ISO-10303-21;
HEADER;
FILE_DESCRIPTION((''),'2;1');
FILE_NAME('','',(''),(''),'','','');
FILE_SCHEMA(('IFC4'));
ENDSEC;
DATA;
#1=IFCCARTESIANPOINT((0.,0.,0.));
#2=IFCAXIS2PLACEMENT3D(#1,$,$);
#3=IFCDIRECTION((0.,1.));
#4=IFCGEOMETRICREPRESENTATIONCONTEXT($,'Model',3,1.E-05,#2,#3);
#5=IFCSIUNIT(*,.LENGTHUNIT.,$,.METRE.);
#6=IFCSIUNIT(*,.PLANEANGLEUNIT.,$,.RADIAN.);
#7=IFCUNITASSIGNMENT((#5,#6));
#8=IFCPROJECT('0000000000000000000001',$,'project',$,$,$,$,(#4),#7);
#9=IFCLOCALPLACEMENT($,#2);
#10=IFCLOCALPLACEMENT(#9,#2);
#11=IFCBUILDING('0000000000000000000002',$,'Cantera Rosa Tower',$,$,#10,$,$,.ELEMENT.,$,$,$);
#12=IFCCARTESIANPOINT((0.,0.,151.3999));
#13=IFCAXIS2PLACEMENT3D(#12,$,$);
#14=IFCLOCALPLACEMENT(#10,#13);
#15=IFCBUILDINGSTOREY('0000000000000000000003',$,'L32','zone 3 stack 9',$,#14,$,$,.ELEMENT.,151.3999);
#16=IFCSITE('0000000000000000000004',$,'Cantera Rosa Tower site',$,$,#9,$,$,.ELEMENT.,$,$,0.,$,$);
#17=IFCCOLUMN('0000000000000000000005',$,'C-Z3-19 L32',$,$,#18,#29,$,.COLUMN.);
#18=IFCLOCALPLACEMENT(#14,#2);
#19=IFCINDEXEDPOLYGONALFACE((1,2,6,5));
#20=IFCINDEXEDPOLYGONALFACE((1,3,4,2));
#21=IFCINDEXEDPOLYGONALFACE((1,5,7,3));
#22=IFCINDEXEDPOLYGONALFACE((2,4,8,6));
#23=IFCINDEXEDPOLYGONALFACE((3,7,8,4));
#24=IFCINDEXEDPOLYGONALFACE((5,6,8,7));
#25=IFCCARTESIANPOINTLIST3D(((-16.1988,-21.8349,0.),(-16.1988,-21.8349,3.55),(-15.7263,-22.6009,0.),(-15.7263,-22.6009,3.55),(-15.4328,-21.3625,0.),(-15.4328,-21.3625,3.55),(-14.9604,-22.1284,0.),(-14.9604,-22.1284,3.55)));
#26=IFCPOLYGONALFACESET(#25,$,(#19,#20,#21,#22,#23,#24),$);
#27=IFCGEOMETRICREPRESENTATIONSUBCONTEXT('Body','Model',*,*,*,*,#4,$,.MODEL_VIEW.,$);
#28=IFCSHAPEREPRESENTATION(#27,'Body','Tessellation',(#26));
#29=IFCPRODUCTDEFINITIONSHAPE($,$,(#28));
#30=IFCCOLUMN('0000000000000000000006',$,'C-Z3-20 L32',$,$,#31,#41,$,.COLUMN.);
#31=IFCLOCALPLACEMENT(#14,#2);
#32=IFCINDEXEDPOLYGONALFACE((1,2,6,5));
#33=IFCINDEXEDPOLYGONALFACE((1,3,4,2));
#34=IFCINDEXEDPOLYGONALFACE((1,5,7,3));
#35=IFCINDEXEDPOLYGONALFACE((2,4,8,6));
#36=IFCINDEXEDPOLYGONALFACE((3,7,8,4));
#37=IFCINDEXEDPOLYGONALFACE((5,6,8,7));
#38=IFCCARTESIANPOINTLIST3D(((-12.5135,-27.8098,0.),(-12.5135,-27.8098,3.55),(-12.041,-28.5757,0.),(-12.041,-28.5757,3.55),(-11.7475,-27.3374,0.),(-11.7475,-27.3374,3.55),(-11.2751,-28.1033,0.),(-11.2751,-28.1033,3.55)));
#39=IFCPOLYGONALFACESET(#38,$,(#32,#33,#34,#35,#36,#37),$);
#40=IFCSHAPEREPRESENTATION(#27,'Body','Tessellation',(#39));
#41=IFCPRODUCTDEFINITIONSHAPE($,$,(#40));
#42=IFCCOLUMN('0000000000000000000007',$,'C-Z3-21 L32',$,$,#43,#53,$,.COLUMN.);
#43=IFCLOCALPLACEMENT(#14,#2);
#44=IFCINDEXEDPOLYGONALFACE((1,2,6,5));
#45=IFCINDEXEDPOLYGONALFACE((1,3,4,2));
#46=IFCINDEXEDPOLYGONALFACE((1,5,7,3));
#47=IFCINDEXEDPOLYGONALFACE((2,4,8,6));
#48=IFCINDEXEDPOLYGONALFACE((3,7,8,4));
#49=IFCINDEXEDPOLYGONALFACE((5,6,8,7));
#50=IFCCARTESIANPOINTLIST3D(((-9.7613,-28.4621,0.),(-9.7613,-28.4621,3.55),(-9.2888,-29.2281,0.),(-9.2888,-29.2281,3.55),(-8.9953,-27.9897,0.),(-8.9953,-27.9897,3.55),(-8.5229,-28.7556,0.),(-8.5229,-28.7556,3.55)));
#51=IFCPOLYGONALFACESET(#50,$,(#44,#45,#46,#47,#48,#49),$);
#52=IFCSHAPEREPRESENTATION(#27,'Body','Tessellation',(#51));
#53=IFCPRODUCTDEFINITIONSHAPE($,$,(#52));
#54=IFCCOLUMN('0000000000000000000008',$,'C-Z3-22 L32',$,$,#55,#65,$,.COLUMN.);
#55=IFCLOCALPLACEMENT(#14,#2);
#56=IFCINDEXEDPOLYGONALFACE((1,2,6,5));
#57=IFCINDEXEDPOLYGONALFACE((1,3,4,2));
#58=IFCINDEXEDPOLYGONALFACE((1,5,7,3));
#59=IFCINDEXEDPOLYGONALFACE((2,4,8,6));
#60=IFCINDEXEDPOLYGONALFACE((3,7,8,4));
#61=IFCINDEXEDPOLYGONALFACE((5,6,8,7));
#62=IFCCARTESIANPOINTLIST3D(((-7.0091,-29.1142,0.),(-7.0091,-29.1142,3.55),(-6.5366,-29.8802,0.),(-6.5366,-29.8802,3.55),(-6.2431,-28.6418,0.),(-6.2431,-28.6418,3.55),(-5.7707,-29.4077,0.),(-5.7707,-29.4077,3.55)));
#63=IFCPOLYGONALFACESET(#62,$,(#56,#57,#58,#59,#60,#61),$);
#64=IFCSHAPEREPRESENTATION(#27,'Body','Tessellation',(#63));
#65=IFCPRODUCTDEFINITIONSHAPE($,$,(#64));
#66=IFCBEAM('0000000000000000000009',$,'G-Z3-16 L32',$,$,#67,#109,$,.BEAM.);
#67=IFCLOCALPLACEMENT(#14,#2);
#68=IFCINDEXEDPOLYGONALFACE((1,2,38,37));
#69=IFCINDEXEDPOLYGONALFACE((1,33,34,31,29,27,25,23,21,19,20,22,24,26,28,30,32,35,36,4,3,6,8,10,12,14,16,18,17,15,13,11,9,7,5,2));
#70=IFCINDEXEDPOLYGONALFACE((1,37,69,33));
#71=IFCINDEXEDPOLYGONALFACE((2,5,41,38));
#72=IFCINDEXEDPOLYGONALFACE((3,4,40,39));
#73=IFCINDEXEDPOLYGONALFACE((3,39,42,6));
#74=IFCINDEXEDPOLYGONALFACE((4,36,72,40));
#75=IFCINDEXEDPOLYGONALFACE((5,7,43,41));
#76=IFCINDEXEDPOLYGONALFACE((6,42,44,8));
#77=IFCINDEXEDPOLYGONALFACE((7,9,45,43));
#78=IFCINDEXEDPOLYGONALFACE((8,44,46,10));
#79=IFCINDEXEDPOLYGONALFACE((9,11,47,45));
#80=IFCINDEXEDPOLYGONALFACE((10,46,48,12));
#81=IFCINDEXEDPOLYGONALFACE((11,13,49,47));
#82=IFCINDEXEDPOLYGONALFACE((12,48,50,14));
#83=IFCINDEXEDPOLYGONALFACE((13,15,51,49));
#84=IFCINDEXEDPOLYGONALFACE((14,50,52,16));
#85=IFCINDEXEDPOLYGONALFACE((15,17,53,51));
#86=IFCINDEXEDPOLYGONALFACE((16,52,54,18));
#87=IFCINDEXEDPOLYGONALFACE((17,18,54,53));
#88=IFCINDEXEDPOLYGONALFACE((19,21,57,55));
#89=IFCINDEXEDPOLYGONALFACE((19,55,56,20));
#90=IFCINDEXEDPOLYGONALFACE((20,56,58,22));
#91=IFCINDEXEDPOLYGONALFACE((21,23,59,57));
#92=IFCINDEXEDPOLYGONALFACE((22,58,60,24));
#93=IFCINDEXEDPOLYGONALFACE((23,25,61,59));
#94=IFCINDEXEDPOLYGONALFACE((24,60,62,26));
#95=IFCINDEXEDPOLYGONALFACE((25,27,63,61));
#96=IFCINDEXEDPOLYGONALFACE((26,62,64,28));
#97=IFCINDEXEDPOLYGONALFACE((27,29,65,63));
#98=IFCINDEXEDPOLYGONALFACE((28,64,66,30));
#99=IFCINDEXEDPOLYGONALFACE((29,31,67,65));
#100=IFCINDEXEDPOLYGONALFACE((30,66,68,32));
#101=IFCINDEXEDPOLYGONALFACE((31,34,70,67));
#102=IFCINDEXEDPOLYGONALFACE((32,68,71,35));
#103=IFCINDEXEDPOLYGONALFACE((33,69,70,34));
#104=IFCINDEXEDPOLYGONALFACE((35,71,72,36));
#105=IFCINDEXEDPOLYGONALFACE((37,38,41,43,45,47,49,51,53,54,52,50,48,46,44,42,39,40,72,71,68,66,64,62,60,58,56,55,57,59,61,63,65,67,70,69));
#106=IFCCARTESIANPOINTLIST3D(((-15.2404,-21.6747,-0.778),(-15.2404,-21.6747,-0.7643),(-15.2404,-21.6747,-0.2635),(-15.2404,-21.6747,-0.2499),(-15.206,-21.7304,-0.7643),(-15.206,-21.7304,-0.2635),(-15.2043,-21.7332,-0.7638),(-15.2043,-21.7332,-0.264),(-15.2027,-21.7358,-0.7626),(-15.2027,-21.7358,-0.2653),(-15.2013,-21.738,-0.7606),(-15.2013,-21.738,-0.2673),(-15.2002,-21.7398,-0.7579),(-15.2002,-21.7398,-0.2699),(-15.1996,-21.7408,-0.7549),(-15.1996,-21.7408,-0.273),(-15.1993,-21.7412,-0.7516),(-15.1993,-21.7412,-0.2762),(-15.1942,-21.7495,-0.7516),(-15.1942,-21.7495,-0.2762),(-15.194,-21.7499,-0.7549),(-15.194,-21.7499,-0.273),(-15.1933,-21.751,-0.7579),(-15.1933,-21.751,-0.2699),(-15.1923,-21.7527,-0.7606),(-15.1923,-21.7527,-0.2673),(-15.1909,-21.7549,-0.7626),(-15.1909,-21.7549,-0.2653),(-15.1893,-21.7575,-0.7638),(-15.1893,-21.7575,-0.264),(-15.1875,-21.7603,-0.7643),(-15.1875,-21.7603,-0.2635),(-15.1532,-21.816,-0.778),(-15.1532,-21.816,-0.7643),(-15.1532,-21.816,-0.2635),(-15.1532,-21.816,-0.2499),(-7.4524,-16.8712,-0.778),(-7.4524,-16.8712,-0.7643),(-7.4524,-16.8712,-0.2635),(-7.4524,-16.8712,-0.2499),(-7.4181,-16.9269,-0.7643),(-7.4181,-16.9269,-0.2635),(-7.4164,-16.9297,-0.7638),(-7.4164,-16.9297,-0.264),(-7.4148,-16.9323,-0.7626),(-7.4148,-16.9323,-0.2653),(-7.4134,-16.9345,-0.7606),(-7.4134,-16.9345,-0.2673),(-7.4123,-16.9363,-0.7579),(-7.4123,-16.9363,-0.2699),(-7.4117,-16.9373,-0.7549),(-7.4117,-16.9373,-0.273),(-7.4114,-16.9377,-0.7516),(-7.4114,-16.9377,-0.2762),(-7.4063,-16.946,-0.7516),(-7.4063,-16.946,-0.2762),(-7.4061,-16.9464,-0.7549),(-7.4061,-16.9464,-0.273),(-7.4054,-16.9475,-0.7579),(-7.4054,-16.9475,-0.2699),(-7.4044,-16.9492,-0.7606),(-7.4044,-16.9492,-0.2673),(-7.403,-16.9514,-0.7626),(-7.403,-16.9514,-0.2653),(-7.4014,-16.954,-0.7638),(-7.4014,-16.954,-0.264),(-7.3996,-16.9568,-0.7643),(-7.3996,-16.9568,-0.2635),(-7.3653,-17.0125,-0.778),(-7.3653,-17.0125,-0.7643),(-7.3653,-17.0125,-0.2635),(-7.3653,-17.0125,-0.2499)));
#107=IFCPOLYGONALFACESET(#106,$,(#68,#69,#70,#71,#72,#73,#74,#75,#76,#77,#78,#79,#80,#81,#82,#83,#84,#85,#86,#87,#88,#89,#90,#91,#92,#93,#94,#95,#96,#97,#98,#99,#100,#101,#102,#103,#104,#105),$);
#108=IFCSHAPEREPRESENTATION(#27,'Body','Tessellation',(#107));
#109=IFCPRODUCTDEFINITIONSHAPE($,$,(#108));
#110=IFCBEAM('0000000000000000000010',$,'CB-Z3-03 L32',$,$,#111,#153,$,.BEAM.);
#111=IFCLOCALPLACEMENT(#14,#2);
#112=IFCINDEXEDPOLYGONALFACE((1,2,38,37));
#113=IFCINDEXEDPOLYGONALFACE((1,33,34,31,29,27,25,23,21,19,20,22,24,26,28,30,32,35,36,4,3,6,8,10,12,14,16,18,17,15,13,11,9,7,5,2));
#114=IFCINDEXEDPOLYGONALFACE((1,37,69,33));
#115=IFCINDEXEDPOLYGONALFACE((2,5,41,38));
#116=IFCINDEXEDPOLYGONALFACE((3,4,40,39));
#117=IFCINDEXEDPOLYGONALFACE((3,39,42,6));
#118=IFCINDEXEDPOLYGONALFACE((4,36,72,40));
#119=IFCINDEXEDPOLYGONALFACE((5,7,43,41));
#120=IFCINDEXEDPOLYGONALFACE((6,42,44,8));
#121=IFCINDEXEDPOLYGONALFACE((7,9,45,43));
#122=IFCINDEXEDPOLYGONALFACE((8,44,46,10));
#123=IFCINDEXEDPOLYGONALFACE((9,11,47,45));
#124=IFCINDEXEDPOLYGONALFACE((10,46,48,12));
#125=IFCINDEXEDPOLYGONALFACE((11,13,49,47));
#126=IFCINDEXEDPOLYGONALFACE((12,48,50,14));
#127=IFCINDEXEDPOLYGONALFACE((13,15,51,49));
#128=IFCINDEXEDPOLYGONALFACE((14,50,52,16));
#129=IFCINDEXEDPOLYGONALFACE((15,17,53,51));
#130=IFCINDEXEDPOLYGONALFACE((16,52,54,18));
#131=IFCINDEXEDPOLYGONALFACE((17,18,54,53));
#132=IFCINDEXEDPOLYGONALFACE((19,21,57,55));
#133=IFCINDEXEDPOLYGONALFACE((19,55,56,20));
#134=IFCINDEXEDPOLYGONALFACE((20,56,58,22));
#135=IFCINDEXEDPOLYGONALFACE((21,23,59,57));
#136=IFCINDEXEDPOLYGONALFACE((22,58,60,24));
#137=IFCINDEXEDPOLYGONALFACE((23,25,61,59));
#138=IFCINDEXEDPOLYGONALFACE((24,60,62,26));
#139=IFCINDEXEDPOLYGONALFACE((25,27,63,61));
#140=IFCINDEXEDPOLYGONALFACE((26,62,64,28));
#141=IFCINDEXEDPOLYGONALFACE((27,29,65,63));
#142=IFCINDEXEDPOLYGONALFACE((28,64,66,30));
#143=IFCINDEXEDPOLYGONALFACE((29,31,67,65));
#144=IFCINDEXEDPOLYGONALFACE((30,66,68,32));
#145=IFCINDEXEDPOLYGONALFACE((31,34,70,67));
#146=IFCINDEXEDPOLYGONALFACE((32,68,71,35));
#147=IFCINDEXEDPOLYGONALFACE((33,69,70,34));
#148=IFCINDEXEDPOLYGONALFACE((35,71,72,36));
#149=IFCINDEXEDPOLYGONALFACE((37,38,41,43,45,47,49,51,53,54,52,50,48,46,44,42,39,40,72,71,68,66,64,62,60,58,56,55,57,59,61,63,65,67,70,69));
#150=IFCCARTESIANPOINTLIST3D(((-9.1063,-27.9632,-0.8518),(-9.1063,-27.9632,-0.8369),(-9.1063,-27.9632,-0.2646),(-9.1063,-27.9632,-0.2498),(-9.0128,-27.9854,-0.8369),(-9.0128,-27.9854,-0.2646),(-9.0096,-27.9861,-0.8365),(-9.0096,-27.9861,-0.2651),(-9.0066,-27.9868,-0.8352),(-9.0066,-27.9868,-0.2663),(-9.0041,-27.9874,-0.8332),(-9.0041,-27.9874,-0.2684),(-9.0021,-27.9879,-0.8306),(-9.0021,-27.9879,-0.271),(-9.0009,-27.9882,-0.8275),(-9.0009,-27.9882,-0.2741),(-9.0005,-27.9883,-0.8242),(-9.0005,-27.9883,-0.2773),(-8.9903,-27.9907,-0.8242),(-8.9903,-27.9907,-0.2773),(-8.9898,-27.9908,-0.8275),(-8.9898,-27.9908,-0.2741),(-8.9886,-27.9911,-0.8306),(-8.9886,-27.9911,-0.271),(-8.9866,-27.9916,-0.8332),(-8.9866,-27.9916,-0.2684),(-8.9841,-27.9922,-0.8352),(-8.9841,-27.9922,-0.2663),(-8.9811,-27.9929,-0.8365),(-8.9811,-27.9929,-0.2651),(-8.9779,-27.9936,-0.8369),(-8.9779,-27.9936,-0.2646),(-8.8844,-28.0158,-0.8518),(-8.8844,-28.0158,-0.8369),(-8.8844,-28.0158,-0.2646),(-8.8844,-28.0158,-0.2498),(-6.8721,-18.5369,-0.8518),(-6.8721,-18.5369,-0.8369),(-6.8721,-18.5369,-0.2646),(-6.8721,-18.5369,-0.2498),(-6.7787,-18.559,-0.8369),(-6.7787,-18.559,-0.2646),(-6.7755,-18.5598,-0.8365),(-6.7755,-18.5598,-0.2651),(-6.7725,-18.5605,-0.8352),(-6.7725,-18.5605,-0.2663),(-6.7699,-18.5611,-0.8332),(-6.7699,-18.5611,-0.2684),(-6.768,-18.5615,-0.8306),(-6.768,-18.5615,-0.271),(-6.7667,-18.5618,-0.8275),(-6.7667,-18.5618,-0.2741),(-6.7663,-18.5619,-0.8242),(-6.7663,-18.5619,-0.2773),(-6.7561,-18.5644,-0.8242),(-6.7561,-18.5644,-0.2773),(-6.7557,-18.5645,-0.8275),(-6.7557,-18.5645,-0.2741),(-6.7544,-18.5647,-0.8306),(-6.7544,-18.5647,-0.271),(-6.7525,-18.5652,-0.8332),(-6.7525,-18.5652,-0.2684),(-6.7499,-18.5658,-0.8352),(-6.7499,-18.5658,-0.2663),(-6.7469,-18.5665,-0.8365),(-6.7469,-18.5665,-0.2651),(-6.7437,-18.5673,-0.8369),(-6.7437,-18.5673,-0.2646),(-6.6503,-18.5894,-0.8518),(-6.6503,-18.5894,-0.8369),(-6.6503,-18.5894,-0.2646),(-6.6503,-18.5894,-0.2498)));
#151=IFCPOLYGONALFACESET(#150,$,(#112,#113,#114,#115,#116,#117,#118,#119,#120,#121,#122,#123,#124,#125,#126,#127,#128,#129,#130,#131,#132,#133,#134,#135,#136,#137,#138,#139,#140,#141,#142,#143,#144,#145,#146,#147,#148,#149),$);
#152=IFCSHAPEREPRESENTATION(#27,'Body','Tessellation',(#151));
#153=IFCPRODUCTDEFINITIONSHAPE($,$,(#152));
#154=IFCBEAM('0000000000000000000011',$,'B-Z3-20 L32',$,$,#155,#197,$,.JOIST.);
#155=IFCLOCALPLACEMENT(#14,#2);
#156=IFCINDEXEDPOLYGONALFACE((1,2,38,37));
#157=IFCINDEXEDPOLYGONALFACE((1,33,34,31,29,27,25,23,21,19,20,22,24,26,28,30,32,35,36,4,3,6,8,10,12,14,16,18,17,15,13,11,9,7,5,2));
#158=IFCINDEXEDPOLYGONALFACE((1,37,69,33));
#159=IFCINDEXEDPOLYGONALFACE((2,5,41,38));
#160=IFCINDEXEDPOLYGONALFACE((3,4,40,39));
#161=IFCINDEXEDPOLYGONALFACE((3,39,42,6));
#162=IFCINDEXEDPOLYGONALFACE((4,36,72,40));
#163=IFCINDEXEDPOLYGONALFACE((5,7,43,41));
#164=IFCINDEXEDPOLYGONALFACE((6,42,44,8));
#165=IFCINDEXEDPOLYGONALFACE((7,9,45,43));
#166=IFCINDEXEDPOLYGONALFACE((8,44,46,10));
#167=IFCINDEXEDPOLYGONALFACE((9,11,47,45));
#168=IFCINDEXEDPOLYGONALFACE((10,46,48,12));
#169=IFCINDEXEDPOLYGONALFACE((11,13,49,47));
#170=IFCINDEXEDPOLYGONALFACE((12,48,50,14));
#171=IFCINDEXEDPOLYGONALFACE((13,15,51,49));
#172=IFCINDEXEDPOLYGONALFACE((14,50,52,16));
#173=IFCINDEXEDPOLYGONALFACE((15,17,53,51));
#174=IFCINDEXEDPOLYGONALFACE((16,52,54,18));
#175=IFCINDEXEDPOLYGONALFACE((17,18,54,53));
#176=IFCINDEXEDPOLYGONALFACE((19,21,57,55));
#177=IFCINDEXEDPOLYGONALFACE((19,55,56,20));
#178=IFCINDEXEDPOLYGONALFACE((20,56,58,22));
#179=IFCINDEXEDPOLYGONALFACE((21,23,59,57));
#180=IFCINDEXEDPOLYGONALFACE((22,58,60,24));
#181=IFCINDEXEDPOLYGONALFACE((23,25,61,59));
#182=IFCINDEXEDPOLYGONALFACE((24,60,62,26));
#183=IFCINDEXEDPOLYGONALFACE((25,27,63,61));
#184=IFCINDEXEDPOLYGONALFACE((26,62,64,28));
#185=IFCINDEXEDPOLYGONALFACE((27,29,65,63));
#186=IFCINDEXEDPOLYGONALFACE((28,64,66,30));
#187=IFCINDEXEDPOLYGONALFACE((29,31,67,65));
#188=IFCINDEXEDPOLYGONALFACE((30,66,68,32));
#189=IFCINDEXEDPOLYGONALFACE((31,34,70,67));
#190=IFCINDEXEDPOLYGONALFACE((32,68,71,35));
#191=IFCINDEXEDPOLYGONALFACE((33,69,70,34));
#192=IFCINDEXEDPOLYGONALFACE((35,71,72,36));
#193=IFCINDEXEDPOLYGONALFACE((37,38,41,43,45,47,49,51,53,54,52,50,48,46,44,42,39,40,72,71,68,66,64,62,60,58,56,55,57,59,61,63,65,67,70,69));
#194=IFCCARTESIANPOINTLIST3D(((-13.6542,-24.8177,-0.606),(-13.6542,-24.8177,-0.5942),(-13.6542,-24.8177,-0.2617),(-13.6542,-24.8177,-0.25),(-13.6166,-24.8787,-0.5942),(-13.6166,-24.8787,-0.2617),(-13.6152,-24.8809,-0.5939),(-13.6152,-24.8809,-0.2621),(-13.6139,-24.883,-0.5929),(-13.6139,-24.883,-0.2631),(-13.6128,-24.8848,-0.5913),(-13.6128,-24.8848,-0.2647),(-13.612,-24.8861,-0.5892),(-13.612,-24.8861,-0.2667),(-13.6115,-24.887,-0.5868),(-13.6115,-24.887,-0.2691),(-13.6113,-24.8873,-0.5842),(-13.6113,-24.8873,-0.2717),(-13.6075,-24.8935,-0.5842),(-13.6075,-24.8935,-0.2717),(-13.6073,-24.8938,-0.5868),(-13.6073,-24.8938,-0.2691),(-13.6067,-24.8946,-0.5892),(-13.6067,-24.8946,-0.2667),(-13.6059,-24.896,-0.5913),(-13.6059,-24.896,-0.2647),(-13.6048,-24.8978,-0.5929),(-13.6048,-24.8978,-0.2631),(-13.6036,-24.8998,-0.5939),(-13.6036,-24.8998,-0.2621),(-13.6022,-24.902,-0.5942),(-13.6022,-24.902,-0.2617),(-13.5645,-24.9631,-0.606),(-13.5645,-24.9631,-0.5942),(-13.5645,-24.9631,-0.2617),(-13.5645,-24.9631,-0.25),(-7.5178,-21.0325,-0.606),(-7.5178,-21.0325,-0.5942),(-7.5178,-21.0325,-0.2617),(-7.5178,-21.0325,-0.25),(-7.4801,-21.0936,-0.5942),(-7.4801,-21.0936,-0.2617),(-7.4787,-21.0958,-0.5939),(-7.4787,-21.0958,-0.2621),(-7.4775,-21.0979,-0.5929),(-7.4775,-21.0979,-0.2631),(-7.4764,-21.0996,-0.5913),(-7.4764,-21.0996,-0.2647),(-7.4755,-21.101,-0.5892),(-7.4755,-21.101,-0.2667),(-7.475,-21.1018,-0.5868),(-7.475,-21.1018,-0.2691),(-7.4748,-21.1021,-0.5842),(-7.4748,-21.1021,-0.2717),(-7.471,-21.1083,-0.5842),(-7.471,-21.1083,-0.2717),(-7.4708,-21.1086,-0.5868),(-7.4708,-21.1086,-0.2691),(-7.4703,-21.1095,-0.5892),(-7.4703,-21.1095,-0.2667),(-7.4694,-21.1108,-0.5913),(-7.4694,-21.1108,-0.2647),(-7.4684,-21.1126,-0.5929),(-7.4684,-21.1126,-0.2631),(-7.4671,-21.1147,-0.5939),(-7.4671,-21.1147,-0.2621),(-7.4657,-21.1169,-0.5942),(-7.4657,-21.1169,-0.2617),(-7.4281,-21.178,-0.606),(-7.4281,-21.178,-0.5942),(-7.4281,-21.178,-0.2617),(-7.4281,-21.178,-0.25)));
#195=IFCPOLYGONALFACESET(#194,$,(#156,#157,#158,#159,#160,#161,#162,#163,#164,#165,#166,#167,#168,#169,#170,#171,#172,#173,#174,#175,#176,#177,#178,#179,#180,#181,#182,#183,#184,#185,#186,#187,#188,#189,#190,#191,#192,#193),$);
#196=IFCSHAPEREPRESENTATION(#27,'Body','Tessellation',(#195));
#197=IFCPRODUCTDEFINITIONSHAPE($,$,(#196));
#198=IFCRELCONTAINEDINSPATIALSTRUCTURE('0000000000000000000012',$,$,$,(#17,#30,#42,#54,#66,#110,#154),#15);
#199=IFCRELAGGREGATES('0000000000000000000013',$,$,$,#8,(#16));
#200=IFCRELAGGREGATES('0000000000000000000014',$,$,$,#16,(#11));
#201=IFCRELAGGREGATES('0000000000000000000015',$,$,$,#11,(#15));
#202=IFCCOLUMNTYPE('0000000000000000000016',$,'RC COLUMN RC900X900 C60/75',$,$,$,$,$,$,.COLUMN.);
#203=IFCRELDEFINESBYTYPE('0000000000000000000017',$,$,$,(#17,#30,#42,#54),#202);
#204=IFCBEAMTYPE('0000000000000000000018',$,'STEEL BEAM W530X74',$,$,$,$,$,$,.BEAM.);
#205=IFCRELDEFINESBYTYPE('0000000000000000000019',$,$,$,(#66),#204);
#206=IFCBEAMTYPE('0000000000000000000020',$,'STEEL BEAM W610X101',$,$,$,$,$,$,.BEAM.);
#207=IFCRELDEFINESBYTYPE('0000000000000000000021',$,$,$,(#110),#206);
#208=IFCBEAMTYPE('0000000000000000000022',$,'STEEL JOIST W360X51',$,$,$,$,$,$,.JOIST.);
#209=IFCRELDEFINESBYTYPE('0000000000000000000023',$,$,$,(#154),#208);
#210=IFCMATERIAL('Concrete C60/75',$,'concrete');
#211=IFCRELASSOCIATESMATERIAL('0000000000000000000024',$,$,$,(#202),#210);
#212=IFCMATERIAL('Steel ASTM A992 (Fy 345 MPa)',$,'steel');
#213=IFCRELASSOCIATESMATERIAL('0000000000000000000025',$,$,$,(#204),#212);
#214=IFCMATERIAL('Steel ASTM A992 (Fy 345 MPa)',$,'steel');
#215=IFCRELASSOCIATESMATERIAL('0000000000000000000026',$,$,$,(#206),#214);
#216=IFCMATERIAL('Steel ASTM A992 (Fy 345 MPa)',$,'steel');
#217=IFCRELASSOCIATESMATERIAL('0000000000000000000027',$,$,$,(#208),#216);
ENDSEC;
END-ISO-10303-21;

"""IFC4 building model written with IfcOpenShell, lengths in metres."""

from ifc_helpers import new_model, si_unit, direction, frame, origin, origin_2d, place, context, subcontext, project, spatial, rectangle, i_section, extrude, material, material_profile, profile_set, type_object, element, save


model = new_model("IFC4")

# Units and contexts
model_context = context("Model", 3, precision=1e-05, world=origin(), true_north=direction((0.0, 1.0)))
body_context = subcontext(model_context, "Body", "Model", "MODEL_VIEW")
ifc_project = project(units=[si_unit("LENGTHUNIT", "METRE"), si_unit("PLANEANGLEUNIT", "RADIAN")], contexts=[model_context])

# Site, building, storey
site_placement = place(None, origin())
site = spatial("IfcSite", under=ifc_project, at=site_placement, Name="Cantera Rosa Tower site", CompositionType="ELEMENT", RefElevation=0.0)
building_placement = place(site_placement, origin())
building = spatial("IfcBuilding", under=site, at=building_placement, Name="Cantera Rosa Tower", CompositionType="ELEMENT")
storey_placement = place(building_placement, frame((0.0, 0.0, 151.3999)))
storey = spatial("IfcBuildingStorey", under=building, at=storey_placement, Name="L32", Description="zone 3 stack 9", CompositionType="ELEMENT", Elevation=151.3999)

# Columns
ifc_material_1 = material(Name="Concrete C60/75", Category="concrete")
ifc_material_profile_1 = material_profile(ifc_material_1, rectangle(XDim=0.8999, YDim=0.8999, at=origin_2d()), Name="RC COLUMN RC900X900 C60/75")
ifc_profile_set_1 = profile_set([ifc_material_profile_1], Name="Concrete C60/75")
column_type = type_object("IfcColumnType", Name="RC COLUMN RC900X900 C60/75", PredefinedType="COLUMN", material=ifc_profile_set_1)
for number, where, z_axis, x_axis, name in (
    (1, (-15.5796, -21.9817, 0.0), (0.0, 0.0, 1.0), (0.851117, 0.524977, 0.0), "C-Z3-19 L32"),
    (2, (-11.8943, -27.9565, 0.0), (0.0, 0.0, 1.0), (0.851117, 0.524977, 0.0), "C-Z3-20 L32"),
    (3, (-9.1421, -28.6089, 0.0), (0.0, 0.0, 1.0), (0.851117, 0.524977, 0.0), "C-Z3-21 L32"),
    (4, (-6.3899, -29.261, 0.0), (0.0, 0.0, 1.0), (0.851117, 0.524977, 0.0), "C-Z3-22 L32"),
):
    element("IfcColumn", number, at=place(storey_placement, frame(where, z_axis=z_axis, x_axis=x_axis)), inside=storey, type_object=column_type, Name=name, PredefinedType="COLUMN", context=body_context, shape_type="SweptSolid", body=[
        extrude(rectangle(XDim=0.8999, YDim=0.8999, at=origin_2d()), origin(), (0.0, 0.0, 1.0), 3.55),
    ])

# Beams
ifc_material_2 = material(Name="Steel ASTM A992 (Fy 345 MPa)", Category="steel")
ifc_material_profile_2 = material_profile(ifc_material_2, i_section(OverallWidth=0.166, OverallDepth=0.5281, WebThickness=0.0098, FlangeThickness=0.0137, FilletRadius=0.0127, at=origin_2d()), Name="W530X74")
ifc_profile_set_2 = profile_set([ifc_material_profile_2], Name="Steel ASTM A992 (Fy 345 MPa)")
beam_type_1 = type_object("IfcBeamType", Name="STEEL BEAM W530X74", PredefinedType="BEAM", material=ifc_profile_set_2)
beam_1_placement = place(storey_placement, frame((-15.1968, -21.7454, -0.5139), z_axis=(0.851124, 0.524965, 0.0), x_axis=(-0.524965, 0.851124, 0.0)))
element("IfcBeam", 5, at=beam_1_placement, inside=storey, type_object=beam_type_1, Name="G-Z3-16 L32", PredefinedType="BEAM", context=body_context, shape_type="SweptSolid", body=[
    extrude(i_section(OverallWidth=0.166, OverallDepth=0.5281, WebThickness=0.0098, FlangeThickness=0.0137, FilletRadius=0.0127, at=origin_2d()), origin(), (0.0, 0.0, 1.0), 9.1501),
])
ifc_material_3 = material(Name="Steel ASTM A992 (Fy 345 MPa)", Category="steel")
ifc_material_profile_3 = material_profile(ifc_material_3, i_section(OverallWidth=0.228, OverallDepth=0.6021, WebThickness=0.0105, FlangeThickness=0.0149, FilletRadius=0.0127, at=origin_2d()), Name="W610X101")
ifc_profile_set_3 = profile_set([ifc_material_profile_3], Name="Steel ASTM A992 (Fy 345 MPa)")
beam_type_2 = type_object("IfcBeamType", Name="STEEL BEAM W610X101", PredefinedType="BEAM", material=ifc_profile_set_3)
beam_2_placement = place(storey_placement, frame((-8.9954, -27.9895, -0.5508), z_axis=(0.230622, 0.973043, 0.0), x_axis=(-0.973043, 0.230622, 0.0)))
element("IfcBeam", 6, at=beam_2_placement, inside=storey, type_object=beam_type_2, Name="CB-Z3-03 L32", PredefinedType="BEAM", context=body_context, shape_type="SweptSolid", body=[
    extrude(i_section(OverallWidth=0.228, OverallDepth=0.6021, WebThickness=0.0105, FlangeThickness=0.0149, FilletRadius=0.0127, at=origin_2d()), origin(), (0.0, 0.0, 1.0), 9.6875),
])
ifc_material_4 = material(Name="Steel ASTM A992 (Fy 345 MPa)", Category="steel")
ifc_material_profile_4 = material_profile(ifc_material_4, i_section(OverallWidth=0.1709, OverallDepth=0.356, WebThickness=0.0073, FlangeThickness=0.0117, FilletRadius=0.01, at=origin_2d()), Name="W360X51")
ifc_profile_set_4 = profile_set([ifc_material_profile_4], Name="Steel ASTM A992 (Fy 345 MPa)")
beam_type_3 = type_object("IfcBeamType", Name="STEEL JOIST W360X51", PredefinedType="JOIST", material=ifc_profile_set_4)
beam_3_placement = place(storey_placement, frame((-13.6094, -24.8904, -0.428), z_axis=(0.851109, 0.524989, 0.0), x_axis=(-0.524989, 0.851109, 0.0)))
element("IfcBeam", 7, at=beam_3_placement, inside=storey, type_object=beam_type_3, Name="B-Z3-20 L32", PredefinedType="JOIST", context=body_context, shape_type="SweptSolid", body=[
    extrude(i_section(OverallWidth=0.1709, OverallDepth=0.356, WebThickness=0.0073, FlangeThickness=0.0117, FilletRadius=0.01, at=origin_2d()), origin(), (0.0, 0.0, 1.0), 7.21),
])

save(model, "model.ifc")
